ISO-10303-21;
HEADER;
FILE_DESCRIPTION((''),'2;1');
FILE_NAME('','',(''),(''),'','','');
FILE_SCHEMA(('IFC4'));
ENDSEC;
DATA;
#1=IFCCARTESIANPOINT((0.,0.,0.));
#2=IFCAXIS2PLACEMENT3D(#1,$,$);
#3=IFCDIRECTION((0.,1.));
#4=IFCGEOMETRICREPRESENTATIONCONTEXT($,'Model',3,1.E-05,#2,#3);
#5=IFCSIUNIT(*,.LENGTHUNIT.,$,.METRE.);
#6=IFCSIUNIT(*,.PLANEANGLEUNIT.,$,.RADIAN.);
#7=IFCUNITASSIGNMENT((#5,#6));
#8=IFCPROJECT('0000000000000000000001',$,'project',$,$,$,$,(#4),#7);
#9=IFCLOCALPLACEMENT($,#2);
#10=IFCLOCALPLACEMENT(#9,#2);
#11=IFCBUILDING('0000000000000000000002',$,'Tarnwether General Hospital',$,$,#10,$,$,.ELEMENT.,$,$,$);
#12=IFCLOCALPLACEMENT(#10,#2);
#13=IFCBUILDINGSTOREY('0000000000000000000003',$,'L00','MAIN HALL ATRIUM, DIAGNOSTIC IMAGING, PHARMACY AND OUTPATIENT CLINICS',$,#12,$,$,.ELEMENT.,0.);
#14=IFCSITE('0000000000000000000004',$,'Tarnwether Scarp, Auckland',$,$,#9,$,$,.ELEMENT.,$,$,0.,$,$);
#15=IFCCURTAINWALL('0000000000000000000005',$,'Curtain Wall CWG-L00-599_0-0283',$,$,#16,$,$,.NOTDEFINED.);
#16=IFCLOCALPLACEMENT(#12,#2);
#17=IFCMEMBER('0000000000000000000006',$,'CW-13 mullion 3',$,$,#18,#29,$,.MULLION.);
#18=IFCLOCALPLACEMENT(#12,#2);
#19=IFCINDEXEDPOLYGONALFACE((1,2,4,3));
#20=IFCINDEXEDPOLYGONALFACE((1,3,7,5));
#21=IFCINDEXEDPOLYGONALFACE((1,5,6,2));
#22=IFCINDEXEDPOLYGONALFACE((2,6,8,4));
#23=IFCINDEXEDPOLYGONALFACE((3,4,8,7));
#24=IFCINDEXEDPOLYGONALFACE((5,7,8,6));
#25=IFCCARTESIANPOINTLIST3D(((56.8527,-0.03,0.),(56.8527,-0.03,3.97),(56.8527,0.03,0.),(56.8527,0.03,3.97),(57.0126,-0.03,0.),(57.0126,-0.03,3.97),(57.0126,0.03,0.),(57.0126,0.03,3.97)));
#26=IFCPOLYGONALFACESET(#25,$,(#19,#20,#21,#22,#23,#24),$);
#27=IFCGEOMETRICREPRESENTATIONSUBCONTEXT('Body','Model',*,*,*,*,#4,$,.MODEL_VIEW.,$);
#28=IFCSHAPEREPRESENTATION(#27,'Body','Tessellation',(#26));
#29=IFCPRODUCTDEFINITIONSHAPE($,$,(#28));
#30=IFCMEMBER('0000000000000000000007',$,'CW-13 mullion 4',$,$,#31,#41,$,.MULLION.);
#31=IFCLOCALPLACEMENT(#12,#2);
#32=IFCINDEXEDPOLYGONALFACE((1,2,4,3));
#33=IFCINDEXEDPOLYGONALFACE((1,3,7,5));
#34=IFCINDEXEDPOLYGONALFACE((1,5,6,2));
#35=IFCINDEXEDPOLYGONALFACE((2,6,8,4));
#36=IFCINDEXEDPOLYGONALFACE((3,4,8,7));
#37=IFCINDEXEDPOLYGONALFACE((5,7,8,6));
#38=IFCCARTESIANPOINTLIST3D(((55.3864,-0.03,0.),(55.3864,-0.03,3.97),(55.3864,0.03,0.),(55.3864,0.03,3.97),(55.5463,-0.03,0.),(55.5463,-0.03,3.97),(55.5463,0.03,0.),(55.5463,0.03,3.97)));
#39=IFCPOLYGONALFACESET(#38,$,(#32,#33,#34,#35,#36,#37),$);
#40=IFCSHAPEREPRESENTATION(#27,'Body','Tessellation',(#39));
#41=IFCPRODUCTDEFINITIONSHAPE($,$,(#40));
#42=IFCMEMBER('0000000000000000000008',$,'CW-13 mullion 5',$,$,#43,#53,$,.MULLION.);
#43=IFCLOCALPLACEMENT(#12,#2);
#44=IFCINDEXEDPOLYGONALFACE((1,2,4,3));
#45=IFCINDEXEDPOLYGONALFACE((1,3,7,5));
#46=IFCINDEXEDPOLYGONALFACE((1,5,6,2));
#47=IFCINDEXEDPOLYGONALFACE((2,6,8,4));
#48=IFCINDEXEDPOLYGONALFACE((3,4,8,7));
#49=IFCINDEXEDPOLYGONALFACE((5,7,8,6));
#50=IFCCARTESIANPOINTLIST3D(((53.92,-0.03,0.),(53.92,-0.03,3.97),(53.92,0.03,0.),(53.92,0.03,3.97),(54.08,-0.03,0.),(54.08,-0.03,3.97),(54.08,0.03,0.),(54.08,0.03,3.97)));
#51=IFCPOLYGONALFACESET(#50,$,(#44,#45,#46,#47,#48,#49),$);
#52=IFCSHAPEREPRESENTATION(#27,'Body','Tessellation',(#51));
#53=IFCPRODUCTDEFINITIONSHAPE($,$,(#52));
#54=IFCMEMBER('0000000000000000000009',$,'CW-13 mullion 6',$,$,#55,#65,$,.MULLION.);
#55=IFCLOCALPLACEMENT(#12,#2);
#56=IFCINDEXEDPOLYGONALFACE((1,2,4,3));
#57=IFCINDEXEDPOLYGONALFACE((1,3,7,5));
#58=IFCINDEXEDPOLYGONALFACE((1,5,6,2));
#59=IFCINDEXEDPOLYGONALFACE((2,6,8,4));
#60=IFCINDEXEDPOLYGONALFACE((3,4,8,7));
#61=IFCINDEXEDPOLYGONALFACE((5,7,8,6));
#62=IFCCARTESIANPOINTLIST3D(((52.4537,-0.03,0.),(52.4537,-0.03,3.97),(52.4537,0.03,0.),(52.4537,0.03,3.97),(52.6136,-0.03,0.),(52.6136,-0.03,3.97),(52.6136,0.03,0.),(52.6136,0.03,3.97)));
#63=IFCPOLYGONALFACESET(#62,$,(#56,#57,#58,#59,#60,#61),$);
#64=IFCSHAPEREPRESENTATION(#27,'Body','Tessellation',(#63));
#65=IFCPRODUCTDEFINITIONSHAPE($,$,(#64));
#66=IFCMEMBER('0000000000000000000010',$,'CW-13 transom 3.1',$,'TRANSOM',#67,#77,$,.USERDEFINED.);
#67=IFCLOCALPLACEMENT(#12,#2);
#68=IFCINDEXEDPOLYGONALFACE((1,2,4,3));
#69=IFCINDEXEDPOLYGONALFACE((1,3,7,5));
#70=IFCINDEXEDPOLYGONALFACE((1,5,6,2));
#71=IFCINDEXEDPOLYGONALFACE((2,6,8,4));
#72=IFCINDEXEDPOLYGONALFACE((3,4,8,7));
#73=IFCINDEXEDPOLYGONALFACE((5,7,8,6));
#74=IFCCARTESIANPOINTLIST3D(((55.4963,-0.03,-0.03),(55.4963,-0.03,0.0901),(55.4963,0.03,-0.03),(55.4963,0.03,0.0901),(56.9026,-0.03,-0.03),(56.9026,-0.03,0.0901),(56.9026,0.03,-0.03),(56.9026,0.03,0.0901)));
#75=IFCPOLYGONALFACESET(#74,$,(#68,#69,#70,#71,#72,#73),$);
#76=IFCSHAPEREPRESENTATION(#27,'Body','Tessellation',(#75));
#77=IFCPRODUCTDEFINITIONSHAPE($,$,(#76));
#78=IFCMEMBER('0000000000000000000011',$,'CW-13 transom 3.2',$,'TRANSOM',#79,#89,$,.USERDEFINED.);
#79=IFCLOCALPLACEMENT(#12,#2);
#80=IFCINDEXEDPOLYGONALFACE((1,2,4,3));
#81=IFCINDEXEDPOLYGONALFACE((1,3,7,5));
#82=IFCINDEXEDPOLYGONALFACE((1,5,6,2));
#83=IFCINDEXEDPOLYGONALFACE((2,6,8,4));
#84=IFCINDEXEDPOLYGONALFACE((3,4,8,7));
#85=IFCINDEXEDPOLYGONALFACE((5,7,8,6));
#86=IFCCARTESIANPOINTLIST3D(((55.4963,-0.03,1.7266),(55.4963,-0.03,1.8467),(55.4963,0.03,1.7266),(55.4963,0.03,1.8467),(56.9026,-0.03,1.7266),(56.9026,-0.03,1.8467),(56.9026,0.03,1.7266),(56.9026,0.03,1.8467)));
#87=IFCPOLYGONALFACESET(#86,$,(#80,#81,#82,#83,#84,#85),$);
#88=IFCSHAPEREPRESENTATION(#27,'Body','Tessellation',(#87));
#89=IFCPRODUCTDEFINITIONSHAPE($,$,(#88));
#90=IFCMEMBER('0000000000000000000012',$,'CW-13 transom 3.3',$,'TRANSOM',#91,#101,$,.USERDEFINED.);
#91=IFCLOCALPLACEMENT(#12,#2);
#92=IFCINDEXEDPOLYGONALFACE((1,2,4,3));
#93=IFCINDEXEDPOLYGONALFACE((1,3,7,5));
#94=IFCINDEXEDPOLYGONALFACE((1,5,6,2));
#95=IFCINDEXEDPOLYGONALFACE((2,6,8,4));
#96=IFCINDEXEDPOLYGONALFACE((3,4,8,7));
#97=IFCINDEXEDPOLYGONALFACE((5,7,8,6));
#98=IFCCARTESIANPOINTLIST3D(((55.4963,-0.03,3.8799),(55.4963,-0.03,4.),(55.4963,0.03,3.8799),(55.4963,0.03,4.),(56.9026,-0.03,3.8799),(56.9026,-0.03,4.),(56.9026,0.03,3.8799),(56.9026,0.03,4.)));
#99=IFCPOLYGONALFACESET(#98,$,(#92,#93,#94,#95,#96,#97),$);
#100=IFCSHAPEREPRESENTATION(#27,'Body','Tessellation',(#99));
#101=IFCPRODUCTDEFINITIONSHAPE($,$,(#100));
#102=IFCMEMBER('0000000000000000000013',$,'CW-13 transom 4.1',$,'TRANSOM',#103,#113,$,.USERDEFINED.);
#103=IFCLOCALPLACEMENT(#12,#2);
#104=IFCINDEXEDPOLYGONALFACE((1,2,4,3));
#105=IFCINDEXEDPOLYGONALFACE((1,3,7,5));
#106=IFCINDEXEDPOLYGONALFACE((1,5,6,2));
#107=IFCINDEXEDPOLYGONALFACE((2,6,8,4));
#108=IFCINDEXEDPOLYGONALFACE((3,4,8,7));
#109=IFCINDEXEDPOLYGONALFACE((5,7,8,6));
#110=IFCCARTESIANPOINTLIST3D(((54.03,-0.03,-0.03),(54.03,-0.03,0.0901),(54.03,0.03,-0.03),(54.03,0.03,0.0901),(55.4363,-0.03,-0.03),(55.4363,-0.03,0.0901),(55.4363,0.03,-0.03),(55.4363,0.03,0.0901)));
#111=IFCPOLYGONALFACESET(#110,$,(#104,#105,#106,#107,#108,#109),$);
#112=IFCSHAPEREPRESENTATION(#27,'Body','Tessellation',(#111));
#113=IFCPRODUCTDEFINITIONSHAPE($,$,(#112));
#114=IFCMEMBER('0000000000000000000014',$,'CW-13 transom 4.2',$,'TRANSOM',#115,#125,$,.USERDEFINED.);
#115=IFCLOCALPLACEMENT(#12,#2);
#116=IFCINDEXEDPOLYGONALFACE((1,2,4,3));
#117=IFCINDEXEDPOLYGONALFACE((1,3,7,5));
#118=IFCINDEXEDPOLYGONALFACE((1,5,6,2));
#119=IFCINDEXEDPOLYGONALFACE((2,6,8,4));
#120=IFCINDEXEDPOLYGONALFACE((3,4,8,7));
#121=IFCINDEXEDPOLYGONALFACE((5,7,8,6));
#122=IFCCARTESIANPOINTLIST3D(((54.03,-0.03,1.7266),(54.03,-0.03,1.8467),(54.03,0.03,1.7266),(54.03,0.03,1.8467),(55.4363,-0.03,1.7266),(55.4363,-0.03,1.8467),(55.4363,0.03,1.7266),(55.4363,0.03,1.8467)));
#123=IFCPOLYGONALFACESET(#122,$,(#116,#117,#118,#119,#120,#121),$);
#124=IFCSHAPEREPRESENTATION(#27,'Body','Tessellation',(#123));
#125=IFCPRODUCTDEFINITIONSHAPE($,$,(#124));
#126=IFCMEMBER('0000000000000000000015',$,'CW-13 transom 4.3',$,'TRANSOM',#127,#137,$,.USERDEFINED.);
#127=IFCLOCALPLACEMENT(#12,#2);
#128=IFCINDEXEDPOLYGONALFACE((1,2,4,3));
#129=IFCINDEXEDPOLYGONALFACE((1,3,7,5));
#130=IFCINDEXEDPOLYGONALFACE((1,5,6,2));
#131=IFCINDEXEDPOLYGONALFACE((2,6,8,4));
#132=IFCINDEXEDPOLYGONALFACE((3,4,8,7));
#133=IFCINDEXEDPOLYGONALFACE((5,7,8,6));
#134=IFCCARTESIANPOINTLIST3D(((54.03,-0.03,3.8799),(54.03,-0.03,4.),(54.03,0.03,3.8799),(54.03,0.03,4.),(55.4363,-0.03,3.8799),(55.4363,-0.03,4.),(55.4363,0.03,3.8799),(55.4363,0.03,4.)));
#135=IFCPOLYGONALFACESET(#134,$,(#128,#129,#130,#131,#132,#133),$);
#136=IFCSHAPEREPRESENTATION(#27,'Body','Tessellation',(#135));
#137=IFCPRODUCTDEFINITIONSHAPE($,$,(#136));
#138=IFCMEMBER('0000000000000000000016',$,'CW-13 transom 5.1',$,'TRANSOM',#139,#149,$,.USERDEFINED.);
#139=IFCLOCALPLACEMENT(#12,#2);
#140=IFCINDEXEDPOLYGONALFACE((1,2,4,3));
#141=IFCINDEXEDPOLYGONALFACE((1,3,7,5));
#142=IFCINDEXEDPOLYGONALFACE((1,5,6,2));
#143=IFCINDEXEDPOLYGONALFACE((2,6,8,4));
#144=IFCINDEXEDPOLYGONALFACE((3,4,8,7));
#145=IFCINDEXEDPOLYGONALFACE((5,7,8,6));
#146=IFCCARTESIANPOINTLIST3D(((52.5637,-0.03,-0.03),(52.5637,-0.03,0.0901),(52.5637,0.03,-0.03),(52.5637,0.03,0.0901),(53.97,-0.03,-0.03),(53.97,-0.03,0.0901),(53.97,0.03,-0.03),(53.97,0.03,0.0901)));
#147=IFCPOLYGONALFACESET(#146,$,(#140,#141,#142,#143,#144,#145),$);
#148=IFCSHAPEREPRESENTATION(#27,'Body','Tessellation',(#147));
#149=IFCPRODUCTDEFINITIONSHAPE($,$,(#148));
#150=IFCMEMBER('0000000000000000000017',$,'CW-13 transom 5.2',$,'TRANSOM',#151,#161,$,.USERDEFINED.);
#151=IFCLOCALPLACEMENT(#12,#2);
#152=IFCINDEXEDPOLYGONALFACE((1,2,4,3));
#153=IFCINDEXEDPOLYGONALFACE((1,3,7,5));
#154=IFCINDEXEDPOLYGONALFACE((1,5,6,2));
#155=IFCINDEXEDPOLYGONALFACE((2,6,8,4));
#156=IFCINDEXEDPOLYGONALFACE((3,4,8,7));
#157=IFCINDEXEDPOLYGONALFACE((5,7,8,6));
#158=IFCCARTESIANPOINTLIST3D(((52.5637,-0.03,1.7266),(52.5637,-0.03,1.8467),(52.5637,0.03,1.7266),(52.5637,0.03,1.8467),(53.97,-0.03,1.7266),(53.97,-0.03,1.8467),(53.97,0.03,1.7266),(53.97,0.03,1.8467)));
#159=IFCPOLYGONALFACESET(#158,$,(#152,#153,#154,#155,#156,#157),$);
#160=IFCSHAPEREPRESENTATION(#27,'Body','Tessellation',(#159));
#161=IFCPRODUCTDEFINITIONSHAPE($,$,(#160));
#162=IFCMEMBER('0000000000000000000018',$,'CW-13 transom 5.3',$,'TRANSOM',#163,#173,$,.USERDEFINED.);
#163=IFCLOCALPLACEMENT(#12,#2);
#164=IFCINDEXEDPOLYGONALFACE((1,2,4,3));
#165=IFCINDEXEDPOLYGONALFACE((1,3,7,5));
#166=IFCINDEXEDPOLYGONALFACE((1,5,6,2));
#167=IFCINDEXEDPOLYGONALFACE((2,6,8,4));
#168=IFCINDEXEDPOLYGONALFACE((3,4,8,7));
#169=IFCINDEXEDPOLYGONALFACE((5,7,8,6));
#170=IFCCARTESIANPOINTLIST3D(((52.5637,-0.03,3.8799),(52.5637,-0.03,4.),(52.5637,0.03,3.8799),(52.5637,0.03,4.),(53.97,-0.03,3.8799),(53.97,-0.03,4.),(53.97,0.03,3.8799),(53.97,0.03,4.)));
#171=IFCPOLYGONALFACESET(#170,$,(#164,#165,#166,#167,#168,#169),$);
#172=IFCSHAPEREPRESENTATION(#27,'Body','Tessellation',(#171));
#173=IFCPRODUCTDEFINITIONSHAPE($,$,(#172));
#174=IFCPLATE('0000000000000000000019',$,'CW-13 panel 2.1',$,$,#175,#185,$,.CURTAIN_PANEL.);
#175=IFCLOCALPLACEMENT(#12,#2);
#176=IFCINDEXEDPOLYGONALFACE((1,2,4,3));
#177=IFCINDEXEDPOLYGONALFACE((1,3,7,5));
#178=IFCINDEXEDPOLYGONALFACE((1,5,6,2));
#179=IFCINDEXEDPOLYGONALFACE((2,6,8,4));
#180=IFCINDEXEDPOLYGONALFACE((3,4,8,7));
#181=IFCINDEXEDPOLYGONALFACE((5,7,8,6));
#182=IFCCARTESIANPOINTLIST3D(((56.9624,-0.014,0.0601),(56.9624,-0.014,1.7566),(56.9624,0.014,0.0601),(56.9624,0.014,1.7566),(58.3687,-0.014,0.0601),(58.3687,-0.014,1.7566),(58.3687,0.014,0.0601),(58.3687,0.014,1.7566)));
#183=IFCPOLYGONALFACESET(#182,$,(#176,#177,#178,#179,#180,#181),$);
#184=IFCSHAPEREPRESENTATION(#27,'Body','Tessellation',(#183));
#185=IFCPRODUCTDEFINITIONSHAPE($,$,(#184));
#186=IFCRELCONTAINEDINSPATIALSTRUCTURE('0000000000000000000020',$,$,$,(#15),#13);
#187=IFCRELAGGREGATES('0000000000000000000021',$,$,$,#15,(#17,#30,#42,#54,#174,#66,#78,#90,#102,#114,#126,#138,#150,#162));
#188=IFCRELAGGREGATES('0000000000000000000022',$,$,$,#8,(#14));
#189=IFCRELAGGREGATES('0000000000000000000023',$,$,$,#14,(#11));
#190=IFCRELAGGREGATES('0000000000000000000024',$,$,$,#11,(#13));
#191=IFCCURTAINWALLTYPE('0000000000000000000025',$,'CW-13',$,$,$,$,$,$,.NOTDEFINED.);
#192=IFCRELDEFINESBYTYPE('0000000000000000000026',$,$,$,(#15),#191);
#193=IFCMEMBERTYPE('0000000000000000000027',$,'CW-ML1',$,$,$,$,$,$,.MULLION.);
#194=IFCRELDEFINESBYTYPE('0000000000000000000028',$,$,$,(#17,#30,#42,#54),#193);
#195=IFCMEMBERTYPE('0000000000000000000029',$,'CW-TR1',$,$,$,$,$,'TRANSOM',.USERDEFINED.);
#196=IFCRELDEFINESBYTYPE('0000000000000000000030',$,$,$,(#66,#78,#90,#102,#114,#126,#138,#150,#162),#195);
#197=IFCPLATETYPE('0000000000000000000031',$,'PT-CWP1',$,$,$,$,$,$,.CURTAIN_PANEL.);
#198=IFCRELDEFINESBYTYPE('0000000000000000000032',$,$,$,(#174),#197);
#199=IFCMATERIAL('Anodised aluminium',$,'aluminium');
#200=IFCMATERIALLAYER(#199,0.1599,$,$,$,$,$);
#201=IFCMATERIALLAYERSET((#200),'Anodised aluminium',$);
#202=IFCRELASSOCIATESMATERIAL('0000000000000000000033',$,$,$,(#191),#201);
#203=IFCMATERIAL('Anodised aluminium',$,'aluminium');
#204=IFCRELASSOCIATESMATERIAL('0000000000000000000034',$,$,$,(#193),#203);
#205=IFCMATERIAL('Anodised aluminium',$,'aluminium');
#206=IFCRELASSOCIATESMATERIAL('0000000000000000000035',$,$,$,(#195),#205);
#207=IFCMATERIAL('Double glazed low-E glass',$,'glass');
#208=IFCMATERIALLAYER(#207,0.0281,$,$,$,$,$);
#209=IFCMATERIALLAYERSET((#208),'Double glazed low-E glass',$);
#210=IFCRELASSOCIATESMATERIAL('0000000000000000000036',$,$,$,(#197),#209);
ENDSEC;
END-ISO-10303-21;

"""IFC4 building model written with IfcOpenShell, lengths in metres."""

from ifc_helpers import new_model, si_unit, direction, frame, origin, origin_2d, place, context, subcontext, project, spatial, rectangle, extrude, material, layer, layer_set, material_profile, profile_set, type_object, element, aggregate, save


model = new_model("IFC4")

# Units and contexts
model_context = context("Model", 3, precision=1e-05, world=origin(), true_north=direction((0.0, 1.0)))
body_context = subcontext(model_context, "Body", "Model", "MODEL_VIEW")
ifc_project = project(units=[si_unit("LENGTHUNIT", "METRE"), si_unit("PLANEANGLEUNIT", "RADIAN")], contexts=[model_context])

# Site, building, storey
site_placement = place(None, origin())
site = spatial("IfcSite", under=ifc_project, at=site_placement, Name="Tarnwether Scarp, Auckland", CompositionType="ELEMENT", RefElevation=0.0)
building_placement = place(site_placement, origin())
building = spatial("IfcBuilding", under=site, at=building_placement, Name="Tarnwether General Hospital", CompositionType="ELEMENT")
storey_placement = place(building_placement, origin())
storey = spatial("IfcBuildingStorey", under=building, at=storey_placement, Name="L00", Description="MAIN HALL ATRIUM, DIAGNOSTIC IMAGING, PHARMACY AND OUTPATIENT CLINICS", CompositionType="ELEMENT", Elevation=0.0)

# Curtain wall, members, plate
ifc_material_1 = material(Name="Anodised aluminium", Category="aluminium")
ifc_layer_1 = layer(ifc_material_1, 0.1599)
ifc_layer_set_1 = layer_set([ifc_layer_1], Name="Anodised aluminium")
curtain_wall_type = type_object("IfcCurtainWallType", Name="CW-13", PredefinedType="NOTDEFINED", material=ifc_layer_set_1)
curtain_wall_placement = place(storey_placement, origin())
curtain_wall = element("IfcCurtainWall", 1, at=curtain_wall_placement, inside=storey, type_object=curtain_wall_type, Name="Curtain Wall CWG-L00-599_0-0283", PredefinedType="NOTDEFINED")
ifc_material_2 = material(Name="Anodised aluminium", Category="aluminium")
ifc_material_profile_1 = material_profile(ifc_material_2, rectangle(XDim=0.0601, YDim=0.1599, at=origin_2d()), Name="ALU-MUL-60x160")
ifc_profile_set_1 = profile_set([ifc_material_profile_1], Name="Anodised aluminium")
member_type_1 = type_object("IfcMemberType", Name="CW-ML1", PredefinedType="MULLION", material=ifc_profile_set_1)
member_1_placement = place(storey_placement, frame((56.9326, 0.0, 0.0), z_axis=(0.0, 0.0, 1.0), x_axis=(0.0, -1.0, 0.0)))
member_1 = element("IfcMember", 2, at=member_1_placement, type_object=member_type_1, Name="CW-13 mullion 3", PredefinedType="MULLION", context=body_context, shape_type="SweptSolid", body=[
    extrude(rectangle(XDim=0.0601, YDim=0.1599, at=origin_2d()), origin(), (0.0, 0.0, 1.0), 3.97),
])
member_2_placement = place(storey_placement, frame((55.4663, 0.0, 0.0), z_axis=(0.0, 0.0, 1.0), x_axis=(0.0, -1.0, 0.0)))
member_2 = element("IfcMember", 3, at=member_2_placement, type_object=member_type_1, Name="CW-13 mullion 4", PredefinedType="MULLION", context=body_context, shape_type="SweptSolid", body=[
    extrude(rectangle(XDim=0.0601, YDim=0.1599, at=origin_2d()), origin(), (0.0, 0.0, 1.0), 3.97),
])
member_3_placement = place(storey_placement, frame((54.0, 0.0, 0.0), z_axis=(0.0, 0.0, 1.0), x_axis=(0.0, -1.0, 0.0)))
member_3 = element("IfcMember", 4, at=member_3_placement, type_object=member_type_1, Name="CW-13 mullion 5", PredefinedType="MULLION", context=body_context, shape_type="SweptSolid", body=[
    extrude(rectangle(XDim=0.0601, YDim=0.1599, at=origin_2d()), origin(), (0.0, 0.0, 1.0), 3.97),
])
member_4_placement = place(storey_placement, frame((52.5337, 0.0, 0.0), z_axis=(0.0, 0.0, 1.0), x_axis=(0.0, -1.0, 0.0)))
member_4 = element("IfcMember", 5, at=member_4_placement, type_object=member_type_1, Name="CW-13 mullion 6", PredefinedType="MULLION", context=body_context, shape_type="SweptSolid", body=[
    extrude(rectangle(XDim=0.0601, YDim=0.1599, at=origin_2d()), origin(), (0.0, 0.0, 1.0), 3.97),
])
ifc_material_3 = material(Name="Anodised aluminium", Category="aluminium")
ifc_material_profile_2 = material_profile(ifc_material_3, rectangle(XDim=0.0601, YDim=0.1201, at=origin_2d()), Name="ALU-TRN-60x120")
ifc_profile_set_2 = profile_set([ifc_material_profile_2], Name="Anodised aluminium")
member_type_2 = type_object("IfcMemberType", Name="CW-TR1", ElementType="TRANSOM", PredefinedType="USERDEFINED", material=ifc_profile_set_2)
member_5_placement = place(storey_placement, frame((56.9026, 0.0, 0.03), z_axis=(-1.0, 0.0, 0.0), x_axis=(0.0, -1.0, 0.0)))
member_5 = element("IfcMember", 6, at=member_5_placement, type_object=member_type_2, Name="CW-13 transom 3.1", ObjectType="TRANSOM", PredefinedType="USERDEFINED", context=body_context, shape_type="SweptSolid", body=[
    extrude(rectangle(XDim=0.0601, YDim=0.1201, at=origin_2d()), origin(), (0.0, 0.0, 1.0), 1.4062),
])
member_6_placement = place(storey_placement, frame((56.9026, 0.0, 1.7866), z_axis=(-1.0, 0.0, 0.0), x_axis=(0.0, -1.0, 0.0)))
member_6 = element("IfcMember", 7, at=member_6_placement, type_object=member_type_2, Name="CW-13 transom 3.2", ObjectType="TRANSOM", PredefinedType="USERDEFINED", context=body_context, shape_type="SweptSolid", body=[
    extrude(rectangle(XDim=0.0601, YDim=0.1201, at=origin_2d()), origin(), (0.0, 0.0, 1.0), 1.4062),
])
member_7_placement = place(storey_placement, frame((56.9026, 0.0, 3.9399), z_axis=(-1.0, 0.0, 0.0), x_axis=(0.0, -1.0, 0.0)))
member_7 = element("IfcMember", 8, at=member_7_placement, type_object=member_type_2, Name="CW-13 transom 3.3", ObjectType="TRANSOM", PredefinedType="USERDEFINED", context=body_context, shape_type="SweptSolid", body=[
    extrude(rectangle(XDim=0.0601, YDim=0.1201, at=origin_2d()), origin(), (0.0, 0.0, 1.0), 1.4062),
])
member_8_placement = place(storey_placement, frame((55.4363, 0.0, 0.03), z_axis=(-1.0, 0.0, 0.0), x_axis=(0.0, -1.0, 0.0)))
member_8 = element("IfcMember", 9, at=member_8_placement, type_object=member_type_2, Name="CW-13 transom 4.1", ObjectType="TRANSOM", PredefinedType="USERDEFINED", context=body_context, shape_type="SweptSolid", body=[
    extrude(rectangle(XDim=0.0601, YDim=0.1201, at=origin_2d()), origin(), (0.0, 0.0, 1.0), 1.4062),
])
member_9_placement = place(storey_placement, frame((55.4363, 0.0, 1.7866), z_axis=(-1.0, 0.0, 0.0), x_axis=(0.0, -1.0, 0.0)))
member_9 = element("IfcMember", 10, at=member_9_placement, type_object=member_type_2, Name="CW-13 transom 4.2", ObjectType="TRANSOM", PredefinedType="USERDEFINED", context=body_context, shape_type="SweptSolid", body=[
    extrude(rectangle(XDim=0.0601, YDim=0.1201, at=origin_2d()), origin(), (0.0, 0.0, 1.0), 1.4062),
])
member_10_placement = place(storey_placement, frame((55.4363, 0.0, 3.9399), z_axis=(-1.0, 0.0, 0.0), x_axis=(0.0, -1.0, 0.0)))
member_10 = element("IfcMember", 11, at=member_10_placement, type_object=member_type_2, Name="CW-13 transom 4.3", ObjectType="TRANSOM", PredefinedType="USERDEFINED", context=body_context, shape_type="SweptSolid", body=[
    extrude(rectangle(XDim=0.0601, YDim=0.1201, at=origin_2d()), origin(), (0.0, 0.0, 1.0), 1.4062),
])
member_11_placement = place(storey_placement, frame((53.97, 0.0, 0.03), z_axis=(-1.0, 0.0, 0.0), x_axis=(0.0, -1.0, 0.0)))
member_11 = element("IfcMember", 12, at=member_11_placement, type_object=member_type_2, Name="CW-13 transom 5.1", ObjectType="TRANSOM", PredefinedType="USERDEFINED", context=body_context, shape_type="SweptSolid", body=[
    extrude(rectangle(XDim=0.0601, YDim=0.1201, at=origin_2d()), origin(), (0.0, 0.0, 1.0), 1.4062),
])
member_12_placement = place(storey_placement, frame((53.97, 0.0, 1.7866), z_axis=(-1.0, 0.0, 0.0), x_axis=(0.0, -1.0, 0.0)))
member_12 = element("IfcMember", 13, at=member_12_placement, type_object=member_type_2, Name="CW-13 transom 5.2", ObjectType="TRANSOM", PredefinedType="USERDEFINED", context=body_context, shape_type="SweptSolid", body=[
    extrude(rectangle(XDim=0.0601, YDim=0.1201, at=origin_2d()), origin(), (0.0, 0.0, 1.0), 1.4062),
])
member_13_placement = place(storey_placement, frame((53.97, 0.0, 3.9399), z_axis=(-1.0, 0.0, 0.0), x_axis=(0.0, -1.0, 0.0)))
member_13 = element("IfcMember", 14, at=member_13_placement, type_object=member_type_2, Name="CW-13 transom 5.3", ObjectType="TRANSOM", PredefinedType="USERDEFINED", context=body_context, shape_type="SweptSolid", body=[
    extrude(rectangle(XDim=0.0601, YDim=0.1201, at=origin_2d()), origin(), (0.0, 0.0, 1.0), 1.4062),
])
ifc_material_4 = material(Name="Double glazed low-E glass", Category="glass")
ifc_layer_2 = layer(ifc_material_4, 0.0281)
ifc_layer_set_2 = layer_set([ifc_layer_2], Name="Double glazed low-E glass")
plate_type = type_object("IfcPlateType", Name="PT-CWP1", PredefinedType="CURTAIN_PANEL", material=ifc_layer_set_2)
plate_1_placement = place(storey_placement, frame((57.6655, 0.0, 0.0601), z_axis=(0.0, 0.0, 1.0), x_axis=(-1.0, 0.0, 0.0)))
plate_1 = element("IfcPlate", 15, at=plate_1_placement, type_object=plate_type, Name="CW-13 panel 2.1", PredefinedType="CURTAIN_PANEL", context=body_context, shape_type="SweptSolid", body=[
    extrude(rectangle(XDim=1.4062, YDim=0.0281, at=origin_2d()), origin(), (0.0, 0.0, 1.0), 1.6965),
])
aggregate(curtain_wall, [member_1, member_2, member_3, member_4, plate_1, member_5, member_6, member_7, member_8, member_9, member_10, member_11, member_12, member_13])

save(model, "model.ifc")
